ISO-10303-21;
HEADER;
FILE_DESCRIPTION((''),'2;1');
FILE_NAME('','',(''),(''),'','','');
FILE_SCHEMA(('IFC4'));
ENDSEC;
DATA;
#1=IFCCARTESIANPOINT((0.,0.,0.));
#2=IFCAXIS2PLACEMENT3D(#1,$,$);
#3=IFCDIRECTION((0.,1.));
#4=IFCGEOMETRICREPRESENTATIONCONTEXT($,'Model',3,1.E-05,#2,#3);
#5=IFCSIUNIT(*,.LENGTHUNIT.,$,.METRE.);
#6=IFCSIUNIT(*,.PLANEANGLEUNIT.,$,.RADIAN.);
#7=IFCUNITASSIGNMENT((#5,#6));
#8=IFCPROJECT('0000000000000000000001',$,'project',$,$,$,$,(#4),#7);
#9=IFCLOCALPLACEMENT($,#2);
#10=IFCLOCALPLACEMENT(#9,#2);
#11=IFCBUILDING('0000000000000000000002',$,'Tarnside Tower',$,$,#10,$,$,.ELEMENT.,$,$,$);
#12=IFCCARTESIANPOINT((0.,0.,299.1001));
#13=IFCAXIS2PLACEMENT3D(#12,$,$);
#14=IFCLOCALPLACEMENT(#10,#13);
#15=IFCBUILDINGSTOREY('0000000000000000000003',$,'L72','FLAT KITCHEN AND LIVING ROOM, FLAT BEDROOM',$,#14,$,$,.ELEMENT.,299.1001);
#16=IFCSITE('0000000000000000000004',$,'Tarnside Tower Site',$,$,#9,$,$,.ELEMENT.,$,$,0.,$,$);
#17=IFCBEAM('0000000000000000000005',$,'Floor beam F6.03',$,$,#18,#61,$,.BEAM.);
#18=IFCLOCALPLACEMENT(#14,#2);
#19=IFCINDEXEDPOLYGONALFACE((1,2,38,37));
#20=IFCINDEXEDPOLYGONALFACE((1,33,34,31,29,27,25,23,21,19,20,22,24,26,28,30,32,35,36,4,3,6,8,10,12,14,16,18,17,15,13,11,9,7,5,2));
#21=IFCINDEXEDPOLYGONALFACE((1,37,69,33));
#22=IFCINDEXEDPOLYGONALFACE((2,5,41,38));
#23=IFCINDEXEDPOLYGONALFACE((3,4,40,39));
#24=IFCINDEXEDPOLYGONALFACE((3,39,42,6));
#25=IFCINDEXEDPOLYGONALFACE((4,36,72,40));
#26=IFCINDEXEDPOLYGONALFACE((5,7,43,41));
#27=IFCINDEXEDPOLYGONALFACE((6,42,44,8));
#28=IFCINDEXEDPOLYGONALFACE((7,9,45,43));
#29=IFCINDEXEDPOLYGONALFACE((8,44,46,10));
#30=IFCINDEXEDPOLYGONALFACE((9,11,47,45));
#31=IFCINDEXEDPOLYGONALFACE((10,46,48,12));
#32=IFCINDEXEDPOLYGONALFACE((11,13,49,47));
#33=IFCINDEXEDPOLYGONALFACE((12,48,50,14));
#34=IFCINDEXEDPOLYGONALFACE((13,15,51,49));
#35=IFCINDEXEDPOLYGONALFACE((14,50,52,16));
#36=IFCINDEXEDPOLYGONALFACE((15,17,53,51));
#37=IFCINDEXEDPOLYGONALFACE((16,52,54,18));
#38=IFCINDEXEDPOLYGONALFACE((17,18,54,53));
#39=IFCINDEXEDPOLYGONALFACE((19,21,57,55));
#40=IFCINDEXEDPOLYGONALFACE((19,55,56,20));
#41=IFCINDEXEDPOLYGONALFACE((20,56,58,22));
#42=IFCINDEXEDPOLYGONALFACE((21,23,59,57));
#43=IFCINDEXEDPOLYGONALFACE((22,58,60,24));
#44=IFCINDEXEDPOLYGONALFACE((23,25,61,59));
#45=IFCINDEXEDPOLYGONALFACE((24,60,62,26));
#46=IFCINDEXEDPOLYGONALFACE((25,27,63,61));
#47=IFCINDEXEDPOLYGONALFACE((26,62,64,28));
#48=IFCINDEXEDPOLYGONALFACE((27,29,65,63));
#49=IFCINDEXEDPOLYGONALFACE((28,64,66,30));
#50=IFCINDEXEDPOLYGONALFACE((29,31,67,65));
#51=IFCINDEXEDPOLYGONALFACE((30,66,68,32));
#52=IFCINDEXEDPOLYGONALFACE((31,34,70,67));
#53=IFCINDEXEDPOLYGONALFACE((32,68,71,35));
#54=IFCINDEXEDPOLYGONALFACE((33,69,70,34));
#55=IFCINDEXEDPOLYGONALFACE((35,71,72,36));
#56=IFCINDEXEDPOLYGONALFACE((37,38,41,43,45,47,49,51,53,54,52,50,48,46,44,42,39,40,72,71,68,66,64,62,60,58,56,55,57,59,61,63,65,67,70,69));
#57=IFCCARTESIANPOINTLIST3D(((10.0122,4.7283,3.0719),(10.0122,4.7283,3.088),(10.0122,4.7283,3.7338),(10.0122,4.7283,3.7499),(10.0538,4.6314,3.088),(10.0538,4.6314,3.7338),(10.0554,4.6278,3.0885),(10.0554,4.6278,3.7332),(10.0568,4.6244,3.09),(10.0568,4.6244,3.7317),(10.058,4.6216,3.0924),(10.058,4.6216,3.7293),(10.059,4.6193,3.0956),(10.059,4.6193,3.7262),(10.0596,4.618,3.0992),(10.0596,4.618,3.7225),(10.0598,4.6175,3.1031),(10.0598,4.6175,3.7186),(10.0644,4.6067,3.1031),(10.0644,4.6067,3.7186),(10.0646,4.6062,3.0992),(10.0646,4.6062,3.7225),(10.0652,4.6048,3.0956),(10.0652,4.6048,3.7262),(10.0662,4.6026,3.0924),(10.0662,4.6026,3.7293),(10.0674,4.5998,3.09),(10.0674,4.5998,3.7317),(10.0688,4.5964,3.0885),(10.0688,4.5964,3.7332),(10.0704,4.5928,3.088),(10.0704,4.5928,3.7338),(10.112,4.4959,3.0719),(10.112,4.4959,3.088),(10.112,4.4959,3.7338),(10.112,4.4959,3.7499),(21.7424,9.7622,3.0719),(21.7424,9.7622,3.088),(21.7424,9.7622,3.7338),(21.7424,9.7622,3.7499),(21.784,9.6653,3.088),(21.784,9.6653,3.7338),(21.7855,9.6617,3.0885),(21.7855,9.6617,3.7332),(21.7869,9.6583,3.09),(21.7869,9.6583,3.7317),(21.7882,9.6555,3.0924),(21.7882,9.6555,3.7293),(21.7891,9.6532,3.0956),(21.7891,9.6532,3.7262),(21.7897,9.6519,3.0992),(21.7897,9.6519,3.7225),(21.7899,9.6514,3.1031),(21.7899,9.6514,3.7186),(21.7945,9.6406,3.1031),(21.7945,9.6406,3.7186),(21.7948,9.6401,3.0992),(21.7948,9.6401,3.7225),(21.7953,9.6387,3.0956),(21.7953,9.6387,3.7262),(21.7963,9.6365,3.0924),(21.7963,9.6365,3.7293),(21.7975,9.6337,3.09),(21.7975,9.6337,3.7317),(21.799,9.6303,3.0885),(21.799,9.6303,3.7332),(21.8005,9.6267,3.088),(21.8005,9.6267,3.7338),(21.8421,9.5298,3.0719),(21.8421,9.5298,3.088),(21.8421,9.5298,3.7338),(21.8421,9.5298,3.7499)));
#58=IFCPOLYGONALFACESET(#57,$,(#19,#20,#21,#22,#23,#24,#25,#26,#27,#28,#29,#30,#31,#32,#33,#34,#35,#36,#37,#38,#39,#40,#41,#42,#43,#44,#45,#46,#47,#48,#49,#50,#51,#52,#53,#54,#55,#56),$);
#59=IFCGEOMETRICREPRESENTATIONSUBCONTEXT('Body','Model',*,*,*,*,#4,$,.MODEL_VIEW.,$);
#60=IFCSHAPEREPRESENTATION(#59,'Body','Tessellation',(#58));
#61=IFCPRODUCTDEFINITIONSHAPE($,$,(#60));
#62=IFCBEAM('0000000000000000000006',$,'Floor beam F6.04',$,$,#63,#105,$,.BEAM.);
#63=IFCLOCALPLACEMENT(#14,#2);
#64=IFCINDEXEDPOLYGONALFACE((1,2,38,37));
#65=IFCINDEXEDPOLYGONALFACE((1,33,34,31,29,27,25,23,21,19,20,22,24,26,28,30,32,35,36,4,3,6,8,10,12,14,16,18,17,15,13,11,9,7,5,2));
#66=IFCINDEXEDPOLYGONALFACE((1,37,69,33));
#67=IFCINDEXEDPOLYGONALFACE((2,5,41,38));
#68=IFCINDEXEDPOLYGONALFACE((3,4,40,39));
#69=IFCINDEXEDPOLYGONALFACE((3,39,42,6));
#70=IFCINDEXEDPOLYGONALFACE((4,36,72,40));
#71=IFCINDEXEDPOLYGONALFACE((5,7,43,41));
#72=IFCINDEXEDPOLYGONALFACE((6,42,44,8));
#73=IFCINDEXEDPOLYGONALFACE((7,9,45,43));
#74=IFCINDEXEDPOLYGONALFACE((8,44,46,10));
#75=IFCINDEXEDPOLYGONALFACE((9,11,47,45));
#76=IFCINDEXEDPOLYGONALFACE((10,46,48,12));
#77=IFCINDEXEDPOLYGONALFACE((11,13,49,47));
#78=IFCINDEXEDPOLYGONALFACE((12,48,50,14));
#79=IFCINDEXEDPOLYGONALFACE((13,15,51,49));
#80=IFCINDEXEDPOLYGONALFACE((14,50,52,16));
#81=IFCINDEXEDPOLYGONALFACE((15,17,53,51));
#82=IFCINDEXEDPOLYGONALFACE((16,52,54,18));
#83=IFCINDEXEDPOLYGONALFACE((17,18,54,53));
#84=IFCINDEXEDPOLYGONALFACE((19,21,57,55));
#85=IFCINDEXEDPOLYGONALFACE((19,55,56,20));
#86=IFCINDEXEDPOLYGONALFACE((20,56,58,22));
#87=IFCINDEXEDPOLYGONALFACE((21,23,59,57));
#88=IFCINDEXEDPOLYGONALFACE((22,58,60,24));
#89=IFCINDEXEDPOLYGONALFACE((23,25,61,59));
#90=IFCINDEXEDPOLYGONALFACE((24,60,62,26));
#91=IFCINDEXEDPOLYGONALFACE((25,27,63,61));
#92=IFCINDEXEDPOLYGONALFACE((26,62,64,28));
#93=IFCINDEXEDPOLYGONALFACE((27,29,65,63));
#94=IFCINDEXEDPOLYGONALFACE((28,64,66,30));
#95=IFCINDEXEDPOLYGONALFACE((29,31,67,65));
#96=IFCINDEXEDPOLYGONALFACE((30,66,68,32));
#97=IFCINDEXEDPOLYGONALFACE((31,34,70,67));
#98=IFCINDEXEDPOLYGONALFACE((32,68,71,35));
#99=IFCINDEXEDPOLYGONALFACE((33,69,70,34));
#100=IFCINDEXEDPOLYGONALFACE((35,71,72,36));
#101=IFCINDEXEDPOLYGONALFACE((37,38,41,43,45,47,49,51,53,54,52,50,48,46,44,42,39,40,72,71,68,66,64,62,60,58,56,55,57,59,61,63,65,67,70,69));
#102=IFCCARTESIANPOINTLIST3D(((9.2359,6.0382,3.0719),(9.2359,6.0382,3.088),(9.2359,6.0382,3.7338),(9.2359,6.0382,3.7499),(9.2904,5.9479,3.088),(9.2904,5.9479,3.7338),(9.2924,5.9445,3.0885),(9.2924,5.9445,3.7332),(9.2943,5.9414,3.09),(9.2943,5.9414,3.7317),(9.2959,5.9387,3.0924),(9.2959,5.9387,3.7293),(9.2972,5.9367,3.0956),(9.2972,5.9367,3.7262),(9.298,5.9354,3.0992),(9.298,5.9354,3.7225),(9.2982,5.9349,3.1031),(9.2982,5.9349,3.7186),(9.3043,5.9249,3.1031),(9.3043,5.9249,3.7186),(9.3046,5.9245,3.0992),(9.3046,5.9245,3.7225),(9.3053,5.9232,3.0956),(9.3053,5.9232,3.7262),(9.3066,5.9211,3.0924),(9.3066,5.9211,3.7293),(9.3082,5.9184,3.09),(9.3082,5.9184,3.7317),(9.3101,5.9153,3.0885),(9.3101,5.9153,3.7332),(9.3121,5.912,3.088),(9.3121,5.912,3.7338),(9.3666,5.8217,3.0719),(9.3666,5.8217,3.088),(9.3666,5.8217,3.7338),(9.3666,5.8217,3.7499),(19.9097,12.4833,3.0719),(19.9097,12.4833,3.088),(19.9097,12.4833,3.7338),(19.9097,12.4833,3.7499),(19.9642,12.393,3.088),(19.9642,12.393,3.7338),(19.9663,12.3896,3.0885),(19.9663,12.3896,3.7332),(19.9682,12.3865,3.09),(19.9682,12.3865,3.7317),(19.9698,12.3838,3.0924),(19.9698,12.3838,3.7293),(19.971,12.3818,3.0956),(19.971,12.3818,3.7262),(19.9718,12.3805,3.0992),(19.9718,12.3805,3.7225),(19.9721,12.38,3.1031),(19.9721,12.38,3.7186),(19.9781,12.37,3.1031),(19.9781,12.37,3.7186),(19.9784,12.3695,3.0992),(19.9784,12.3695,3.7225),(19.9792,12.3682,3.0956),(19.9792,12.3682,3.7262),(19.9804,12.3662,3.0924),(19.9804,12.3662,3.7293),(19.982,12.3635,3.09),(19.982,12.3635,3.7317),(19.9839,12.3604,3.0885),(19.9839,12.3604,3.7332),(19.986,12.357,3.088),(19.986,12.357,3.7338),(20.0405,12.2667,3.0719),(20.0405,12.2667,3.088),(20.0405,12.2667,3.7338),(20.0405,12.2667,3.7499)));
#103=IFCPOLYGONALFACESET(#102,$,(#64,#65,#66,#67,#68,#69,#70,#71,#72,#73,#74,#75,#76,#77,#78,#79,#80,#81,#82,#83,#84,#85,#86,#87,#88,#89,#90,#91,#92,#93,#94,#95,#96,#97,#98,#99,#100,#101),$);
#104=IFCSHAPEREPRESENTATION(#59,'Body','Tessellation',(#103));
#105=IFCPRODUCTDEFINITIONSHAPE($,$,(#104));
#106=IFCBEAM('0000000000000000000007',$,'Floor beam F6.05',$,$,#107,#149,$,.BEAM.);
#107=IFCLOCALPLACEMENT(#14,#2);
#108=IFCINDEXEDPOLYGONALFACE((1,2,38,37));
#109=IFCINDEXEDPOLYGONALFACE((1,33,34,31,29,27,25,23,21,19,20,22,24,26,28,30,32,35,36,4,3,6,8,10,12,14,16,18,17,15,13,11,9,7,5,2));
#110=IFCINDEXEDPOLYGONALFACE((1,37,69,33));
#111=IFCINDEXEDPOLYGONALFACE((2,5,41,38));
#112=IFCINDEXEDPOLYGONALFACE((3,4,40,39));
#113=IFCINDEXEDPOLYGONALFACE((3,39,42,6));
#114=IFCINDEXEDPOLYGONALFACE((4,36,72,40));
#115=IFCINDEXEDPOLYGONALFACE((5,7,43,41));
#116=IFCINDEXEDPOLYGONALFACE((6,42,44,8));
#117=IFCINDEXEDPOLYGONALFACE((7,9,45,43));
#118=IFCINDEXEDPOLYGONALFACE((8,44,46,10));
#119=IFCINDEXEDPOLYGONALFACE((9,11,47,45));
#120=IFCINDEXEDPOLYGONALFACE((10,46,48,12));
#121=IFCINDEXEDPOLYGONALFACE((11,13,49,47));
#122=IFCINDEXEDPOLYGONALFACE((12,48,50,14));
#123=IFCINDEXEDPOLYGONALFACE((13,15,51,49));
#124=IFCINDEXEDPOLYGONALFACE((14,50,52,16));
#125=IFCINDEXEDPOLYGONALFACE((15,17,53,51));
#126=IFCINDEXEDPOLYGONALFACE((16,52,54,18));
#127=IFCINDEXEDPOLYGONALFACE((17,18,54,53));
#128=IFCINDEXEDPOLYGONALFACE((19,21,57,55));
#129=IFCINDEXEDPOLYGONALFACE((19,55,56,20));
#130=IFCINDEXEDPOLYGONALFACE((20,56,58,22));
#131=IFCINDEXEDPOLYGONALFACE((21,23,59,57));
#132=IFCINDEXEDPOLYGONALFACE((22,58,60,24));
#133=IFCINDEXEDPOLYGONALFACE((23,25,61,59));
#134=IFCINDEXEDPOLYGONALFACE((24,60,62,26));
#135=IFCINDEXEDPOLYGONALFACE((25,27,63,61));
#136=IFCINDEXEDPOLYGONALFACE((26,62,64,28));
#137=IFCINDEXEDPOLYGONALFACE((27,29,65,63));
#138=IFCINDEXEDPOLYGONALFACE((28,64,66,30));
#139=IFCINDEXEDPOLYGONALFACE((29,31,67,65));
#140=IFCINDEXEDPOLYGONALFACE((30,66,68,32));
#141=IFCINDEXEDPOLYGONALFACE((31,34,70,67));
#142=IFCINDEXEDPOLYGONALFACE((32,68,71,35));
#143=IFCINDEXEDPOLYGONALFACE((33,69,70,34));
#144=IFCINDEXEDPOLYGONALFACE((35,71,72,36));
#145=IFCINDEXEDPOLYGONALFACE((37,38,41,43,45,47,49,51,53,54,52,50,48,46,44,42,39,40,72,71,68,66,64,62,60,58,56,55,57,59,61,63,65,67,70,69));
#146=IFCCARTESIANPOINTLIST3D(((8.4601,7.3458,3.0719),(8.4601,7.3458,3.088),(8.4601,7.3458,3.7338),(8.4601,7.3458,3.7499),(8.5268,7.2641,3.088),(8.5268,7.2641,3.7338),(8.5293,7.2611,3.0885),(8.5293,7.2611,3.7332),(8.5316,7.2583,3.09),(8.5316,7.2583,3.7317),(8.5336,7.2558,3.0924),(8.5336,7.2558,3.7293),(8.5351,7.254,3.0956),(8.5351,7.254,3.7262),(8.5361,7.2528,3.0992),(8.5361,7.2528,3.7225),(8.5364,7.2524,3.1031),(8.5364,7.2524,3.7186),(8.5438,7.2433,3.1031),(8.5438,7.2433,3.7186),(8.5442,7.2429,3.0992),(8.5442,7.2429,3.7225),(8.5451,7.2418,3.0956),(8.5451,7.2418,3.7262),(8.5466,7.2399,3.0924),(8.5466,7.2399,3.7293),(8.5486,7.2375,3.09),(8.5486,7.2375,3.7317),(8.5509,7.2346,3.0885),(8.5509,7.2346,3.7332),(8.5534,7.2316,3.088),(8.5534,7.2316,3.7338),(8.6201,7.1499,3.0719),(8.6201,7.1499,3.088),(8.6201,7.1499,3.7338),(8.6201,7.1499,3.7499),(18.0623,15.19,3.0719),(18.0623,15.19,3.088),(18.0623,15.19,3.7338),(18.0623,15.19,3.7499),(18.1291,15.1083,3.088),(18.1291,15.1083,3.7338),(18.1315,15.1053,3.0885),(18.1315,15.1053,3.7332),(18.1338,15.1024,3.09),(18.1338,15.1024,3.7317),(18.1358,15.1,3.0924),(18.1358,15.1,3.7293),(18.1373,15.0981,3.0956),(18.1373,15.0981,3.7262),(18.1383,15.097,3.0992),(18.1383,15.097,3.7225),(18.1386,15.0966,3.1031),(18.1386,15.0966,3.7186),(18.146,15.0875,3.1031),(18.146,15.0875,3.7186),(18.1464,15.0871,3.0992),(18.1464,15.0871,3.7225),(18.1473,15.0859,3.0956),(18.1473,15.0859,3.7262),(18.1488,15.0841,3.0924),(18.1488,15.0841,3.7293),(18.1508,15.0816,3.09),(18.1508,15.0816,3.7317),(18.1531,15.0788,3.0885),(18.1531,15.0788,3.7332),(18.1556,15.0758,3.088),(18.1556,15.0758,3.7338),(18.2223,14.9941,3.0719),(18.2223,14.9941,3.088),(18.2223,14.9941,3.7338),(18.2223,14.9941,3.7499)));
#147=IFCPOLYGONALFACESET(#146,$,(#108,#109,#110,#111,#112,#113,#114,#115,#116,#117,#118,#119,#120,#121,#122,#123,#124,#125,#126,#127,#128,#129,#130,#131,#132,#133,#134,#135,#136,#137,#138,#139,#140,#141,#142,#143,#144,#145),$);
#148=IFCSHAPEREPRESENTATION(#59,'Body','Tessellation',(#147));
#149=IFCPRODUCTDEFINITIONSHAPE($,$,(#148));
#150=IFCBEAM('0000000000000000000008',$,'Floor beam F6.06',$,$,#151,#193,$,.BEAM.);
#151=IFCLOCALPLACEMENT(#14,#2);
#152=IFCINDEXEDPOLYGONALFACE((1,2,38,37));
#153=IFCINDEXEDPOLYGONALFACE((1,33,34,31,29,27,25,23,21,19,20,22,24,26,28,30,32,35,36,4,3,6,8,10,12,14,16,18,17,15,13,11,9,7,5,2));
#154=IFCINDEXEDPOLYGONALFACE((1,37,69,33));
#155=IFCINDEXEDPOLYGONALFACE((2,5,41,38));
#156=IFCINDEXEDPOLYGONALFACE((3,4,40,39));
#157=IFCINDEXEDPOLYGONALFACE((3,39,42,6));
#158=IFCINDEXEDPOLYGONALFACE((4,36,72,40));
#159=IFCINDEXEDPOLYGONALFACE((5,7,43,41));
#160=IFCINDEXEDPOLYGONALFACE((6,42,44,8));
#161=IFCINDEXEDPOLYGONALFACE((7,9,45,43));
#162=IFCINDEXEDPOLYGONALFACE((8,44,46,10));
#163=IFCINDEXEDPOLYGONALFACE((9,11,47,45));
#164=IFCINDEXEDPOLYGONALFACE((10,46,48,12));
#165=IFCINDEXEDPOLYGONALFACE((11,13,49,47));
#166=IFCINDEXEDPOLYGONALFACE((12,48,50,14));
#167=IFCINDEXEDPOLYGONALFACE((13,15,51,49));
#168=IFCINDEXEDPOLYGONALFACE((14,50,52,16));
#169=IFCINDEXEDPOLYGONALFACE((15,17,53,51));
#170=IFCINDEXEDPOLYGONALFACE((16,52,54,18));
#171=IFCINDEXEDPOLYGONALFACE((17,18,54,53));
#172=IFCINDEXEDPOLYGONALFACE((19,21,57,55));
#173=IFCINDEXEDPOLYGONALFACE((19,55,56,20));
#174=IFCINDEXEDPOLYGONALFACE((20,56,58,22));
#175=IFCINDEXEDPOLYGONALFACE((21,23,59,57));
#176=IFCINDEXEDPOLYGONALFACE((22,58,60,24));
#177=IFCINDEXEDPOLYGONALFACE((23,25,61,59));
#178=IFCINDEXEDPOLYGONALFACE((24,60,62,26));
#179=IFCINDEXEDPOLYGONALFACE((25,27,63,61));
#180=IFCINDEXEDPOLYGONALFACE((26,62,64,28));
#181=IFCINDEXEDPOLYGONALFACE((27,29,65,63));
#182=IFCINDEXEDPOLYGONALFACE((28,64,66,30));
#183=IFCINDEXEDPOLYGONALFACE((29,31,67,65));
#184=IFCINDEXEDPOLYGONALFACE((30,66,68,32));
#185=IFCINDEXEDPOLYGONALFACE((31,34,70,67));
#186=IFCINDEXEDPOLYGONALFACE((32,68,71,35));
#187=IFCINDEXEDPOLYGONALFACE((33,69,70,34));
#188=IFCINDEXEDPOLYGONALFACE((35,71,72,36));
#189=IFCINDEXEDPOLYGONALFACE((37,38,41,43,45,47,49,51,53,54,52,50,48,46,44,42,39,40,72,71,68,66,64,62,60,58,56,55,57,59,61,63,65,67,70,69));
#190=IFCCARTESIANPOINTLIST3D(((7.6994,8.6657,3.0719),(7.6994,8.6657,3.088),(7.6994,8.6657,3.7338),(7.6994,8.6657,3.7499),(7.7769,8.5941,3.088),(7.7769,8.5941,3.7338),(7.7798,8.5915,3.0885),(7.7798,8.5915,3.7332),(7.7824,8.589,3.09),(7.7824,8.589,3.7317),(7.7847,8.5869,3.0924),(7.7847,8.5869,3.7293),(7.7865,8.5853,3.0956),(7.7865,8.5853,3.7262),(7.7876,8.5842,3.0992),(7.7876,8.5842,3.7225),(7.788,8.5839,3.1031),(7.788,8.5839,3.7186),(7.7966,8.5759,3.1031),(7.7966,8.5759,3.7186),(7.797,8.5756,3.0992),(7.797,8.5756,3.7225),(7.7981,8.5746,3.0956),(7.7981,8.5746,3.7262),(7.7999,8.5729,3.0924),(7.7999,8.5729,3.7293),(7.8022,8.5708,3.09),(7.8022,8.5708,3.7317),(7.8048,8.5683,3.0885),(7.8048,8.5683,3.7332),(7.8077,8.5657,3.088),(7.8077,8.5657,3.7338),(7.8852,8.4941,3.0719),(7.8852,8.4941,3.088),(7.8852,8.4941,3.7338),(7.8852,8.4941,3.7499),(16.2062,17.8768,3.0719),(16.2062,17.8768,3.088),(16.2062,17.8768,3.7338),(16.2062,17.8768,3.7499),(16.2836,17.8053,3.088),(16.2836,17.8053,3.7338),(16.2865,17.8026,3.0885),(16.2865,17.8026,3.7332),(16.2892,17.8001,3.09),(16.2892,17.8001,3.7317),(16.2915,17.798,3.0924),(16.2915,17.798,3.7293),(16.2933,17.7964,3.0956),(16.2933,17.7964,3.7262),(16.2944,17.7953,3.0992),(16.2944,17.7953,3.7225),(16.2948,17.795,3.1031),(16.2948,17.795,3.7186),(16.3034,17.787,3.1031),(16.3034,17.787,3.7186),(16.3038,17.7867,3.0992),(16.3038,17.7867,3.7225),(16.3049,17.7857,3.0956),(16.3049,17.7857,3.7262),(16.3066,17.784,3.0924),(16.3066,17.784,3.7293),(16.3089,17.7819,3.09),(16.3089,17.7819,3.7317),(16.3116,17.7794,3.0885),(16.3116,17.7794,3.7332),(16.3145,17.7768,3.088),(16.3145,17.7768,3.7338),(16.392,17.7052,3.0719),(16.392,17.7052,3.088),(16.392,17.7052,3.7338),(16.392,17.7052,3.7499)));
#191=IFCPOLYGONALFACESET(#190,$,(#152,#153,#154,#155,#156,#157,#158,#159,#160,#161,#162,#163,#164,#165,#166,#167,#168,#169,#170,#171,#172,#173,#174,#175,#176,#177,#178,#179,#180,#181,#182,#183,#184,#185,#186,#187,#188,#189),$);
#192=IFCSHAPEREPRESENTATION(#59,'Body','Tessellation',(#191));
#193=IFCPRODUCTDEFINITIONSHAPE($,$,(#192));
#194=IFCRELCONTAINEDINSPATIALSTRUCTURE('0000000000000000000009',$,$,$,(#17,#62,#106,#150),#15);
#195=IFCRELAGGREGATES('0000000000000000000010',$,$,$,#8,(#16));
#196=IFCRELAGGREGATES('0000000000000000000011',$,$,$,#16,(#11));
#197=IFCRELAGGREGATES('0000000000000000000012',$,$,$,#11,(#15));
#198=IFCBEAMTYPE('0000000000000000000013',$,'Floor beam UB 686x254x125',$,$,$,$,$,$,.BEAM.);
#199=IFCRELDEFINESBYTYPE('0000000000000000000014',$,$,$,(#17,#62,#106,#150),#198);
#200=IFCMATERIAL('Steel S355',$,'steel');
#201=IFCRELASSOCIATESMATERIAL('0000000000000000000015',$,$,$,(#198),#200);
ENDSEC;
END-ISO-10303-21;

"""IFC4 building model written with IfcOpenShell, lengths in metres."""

from ifc_helpers import new_model, si_unit, direction, frame, origin, origin_2d, place, context, subcontext, project, spatial, i_section, extrude, material, material_profile, profile_set, type_object, element, save


model = new_model("IFC4")

# Units and contexts
model_context = context("Model", 3, precision=1e-05, world=origin(), true_north=direction((0.0, 1.0)))
body_context = subcontext(model_context, "Body", "Model", "MODEL_VIEW")
ifc_project = project(units=[si_unit("LENGTHUNIT", "METRE"), si_unit("PLANEANGLEUNIT", "RADIAN")], contexts=[model_context])

# Site, building, storey
site_placement = place(None, origin())
site = spatial("IfcSite", under=ifc_project, at=site_placement, Name="Tarnside Tower Site", CompositionType="ELEMENT", RefElevation=0.0)
building_placement = place(site_placement, origin())
building = spatial("IfcBuilding", under=site, at=building_placement, Name="Tarnside Tower", CompositionType="ELEMENT")
storey_placement = place(building_placement, frame((0.0, 0.0, 299.1001)))
storey = spatial("IfcBuildingStorey", under=building, at=storey_placement, Name="L72", Description="FLAT KITCHEN AND LIVING ROOM, FLAT BEDROOM", CompositionType="ELEMENT", Elevation=299.1001)

# Beams
ifc_material_1 = material(Name="Steel S355", Category="steel")
ifc_material_profile_1 = material_profile(ifc_material_1, i_section(OverallWidth=0.2529, OverallDepth=0.678, WebThickness=0.0117, FlangeThickness=0.0161, FilletRadius=0.0151, at=origin_2d()), Name="UB 686x254x125")
ifc_profile_set_1 = profile_set([ifc_material_profile_1], Name="Steel S355")
beam_type_1 = type_object("IfcBeamType", Name="Floor beam UB 686x254x125", PredefinedType="BEAM", material=ifc_profile_set_1)
beam_1_placement = place(storey_placement, frame((21.7922, 9.646, 3.4109), z_axis=(-0.918955, -0.394362, 0.0), x_axis=(0.394362, -0.918955, 0.0)))
element("IfcBeam", 1, at=beam_1_placement, inside=storey, type_object=beam_type_1, Name="Floor beam F6.03", PredefinedType="BEAM", context=body_context, shape_type="SweptSolid", body=[
    extrude(i_section(OverallWidth=0.2529, OverallDepth=0.678, WebThickness=0.0117, FlangeThickness=0.0161, FilletRadius=0.0151, at=origin_2d()), origin(), (0.0, 0.0, 1.0), 12.7646),
])
beam_2_placement = place(storey_placement, frame((19.9751, 12.375, 3.4109), z_axis=(-0.856047, -0.516898, 0.0), x_axis=(0.516898, -0.856047, 0.0)))
element("IfcBeam", 2, at=beam_2_placement, inside=storey, type_object=beam_type_1, Name="Floor beam F6.04", PredefinedType="BEAM", context=body_context, shape_type="SweptSolid", body=[
    extrude(i_section(OverallWidth=0.2529, OverallDepth=0.678, WebThickness=0.0117, FlangeThickness=0.0161, FilletRadius=0.0151, at=origin_2d()), origin(), (0.0, 0.0, 1.0), 12.4688),
])
beam_3_placement = place(storey_placement, frame((18.1423, 15.092, 3.4109), z_axis=(-0.774439, -0.632649, 0.0), x_axis=(0.632649, -0.774439, 0.0)))
element("IfcBeam", 3, at=beam_3_placement, inside=storey, type_object=beam_type_1, Name="Floor beam F6.05", PredefinedType="BEAM", context=body_context, shape_type="SweptSolid", body=[
    extrude(i_section(OverallWidth=0.2529, OverallDepth=0.678, WebThickness=0.0117, FlangeThickness=0.0161, FilletRadius=0.0151, at=origin_2d()), origin(), (0.0, 0.0, 1.0), 12.3989),
])
beam_4_placement = place(storey_placement, frame((16.2991, 17.791, 3.4109), z_axis=(-0.678461, -0.734636, 0.0), x_axis=(0.734636, -0.678461, 0.0)))
element("IfcBeam", 4, at=beam_4_placement, inside=storey, type_object=beam_type_1, Name="Floor beam F6.06", PredefinedType="BEAM", context=body_context, shape_type="SweptSolid", body=[
    extrude(i_section(OverallWidth=0.2529, OverallDepth=0.678, WebThickness=0.0117, FlangeThickness=0.0161, FilletRadius=0.0151, at=origin_2d()), origin(), (0.0, 0.0, 1.0), 12.5383),
])

save(model, "model.ifc")
